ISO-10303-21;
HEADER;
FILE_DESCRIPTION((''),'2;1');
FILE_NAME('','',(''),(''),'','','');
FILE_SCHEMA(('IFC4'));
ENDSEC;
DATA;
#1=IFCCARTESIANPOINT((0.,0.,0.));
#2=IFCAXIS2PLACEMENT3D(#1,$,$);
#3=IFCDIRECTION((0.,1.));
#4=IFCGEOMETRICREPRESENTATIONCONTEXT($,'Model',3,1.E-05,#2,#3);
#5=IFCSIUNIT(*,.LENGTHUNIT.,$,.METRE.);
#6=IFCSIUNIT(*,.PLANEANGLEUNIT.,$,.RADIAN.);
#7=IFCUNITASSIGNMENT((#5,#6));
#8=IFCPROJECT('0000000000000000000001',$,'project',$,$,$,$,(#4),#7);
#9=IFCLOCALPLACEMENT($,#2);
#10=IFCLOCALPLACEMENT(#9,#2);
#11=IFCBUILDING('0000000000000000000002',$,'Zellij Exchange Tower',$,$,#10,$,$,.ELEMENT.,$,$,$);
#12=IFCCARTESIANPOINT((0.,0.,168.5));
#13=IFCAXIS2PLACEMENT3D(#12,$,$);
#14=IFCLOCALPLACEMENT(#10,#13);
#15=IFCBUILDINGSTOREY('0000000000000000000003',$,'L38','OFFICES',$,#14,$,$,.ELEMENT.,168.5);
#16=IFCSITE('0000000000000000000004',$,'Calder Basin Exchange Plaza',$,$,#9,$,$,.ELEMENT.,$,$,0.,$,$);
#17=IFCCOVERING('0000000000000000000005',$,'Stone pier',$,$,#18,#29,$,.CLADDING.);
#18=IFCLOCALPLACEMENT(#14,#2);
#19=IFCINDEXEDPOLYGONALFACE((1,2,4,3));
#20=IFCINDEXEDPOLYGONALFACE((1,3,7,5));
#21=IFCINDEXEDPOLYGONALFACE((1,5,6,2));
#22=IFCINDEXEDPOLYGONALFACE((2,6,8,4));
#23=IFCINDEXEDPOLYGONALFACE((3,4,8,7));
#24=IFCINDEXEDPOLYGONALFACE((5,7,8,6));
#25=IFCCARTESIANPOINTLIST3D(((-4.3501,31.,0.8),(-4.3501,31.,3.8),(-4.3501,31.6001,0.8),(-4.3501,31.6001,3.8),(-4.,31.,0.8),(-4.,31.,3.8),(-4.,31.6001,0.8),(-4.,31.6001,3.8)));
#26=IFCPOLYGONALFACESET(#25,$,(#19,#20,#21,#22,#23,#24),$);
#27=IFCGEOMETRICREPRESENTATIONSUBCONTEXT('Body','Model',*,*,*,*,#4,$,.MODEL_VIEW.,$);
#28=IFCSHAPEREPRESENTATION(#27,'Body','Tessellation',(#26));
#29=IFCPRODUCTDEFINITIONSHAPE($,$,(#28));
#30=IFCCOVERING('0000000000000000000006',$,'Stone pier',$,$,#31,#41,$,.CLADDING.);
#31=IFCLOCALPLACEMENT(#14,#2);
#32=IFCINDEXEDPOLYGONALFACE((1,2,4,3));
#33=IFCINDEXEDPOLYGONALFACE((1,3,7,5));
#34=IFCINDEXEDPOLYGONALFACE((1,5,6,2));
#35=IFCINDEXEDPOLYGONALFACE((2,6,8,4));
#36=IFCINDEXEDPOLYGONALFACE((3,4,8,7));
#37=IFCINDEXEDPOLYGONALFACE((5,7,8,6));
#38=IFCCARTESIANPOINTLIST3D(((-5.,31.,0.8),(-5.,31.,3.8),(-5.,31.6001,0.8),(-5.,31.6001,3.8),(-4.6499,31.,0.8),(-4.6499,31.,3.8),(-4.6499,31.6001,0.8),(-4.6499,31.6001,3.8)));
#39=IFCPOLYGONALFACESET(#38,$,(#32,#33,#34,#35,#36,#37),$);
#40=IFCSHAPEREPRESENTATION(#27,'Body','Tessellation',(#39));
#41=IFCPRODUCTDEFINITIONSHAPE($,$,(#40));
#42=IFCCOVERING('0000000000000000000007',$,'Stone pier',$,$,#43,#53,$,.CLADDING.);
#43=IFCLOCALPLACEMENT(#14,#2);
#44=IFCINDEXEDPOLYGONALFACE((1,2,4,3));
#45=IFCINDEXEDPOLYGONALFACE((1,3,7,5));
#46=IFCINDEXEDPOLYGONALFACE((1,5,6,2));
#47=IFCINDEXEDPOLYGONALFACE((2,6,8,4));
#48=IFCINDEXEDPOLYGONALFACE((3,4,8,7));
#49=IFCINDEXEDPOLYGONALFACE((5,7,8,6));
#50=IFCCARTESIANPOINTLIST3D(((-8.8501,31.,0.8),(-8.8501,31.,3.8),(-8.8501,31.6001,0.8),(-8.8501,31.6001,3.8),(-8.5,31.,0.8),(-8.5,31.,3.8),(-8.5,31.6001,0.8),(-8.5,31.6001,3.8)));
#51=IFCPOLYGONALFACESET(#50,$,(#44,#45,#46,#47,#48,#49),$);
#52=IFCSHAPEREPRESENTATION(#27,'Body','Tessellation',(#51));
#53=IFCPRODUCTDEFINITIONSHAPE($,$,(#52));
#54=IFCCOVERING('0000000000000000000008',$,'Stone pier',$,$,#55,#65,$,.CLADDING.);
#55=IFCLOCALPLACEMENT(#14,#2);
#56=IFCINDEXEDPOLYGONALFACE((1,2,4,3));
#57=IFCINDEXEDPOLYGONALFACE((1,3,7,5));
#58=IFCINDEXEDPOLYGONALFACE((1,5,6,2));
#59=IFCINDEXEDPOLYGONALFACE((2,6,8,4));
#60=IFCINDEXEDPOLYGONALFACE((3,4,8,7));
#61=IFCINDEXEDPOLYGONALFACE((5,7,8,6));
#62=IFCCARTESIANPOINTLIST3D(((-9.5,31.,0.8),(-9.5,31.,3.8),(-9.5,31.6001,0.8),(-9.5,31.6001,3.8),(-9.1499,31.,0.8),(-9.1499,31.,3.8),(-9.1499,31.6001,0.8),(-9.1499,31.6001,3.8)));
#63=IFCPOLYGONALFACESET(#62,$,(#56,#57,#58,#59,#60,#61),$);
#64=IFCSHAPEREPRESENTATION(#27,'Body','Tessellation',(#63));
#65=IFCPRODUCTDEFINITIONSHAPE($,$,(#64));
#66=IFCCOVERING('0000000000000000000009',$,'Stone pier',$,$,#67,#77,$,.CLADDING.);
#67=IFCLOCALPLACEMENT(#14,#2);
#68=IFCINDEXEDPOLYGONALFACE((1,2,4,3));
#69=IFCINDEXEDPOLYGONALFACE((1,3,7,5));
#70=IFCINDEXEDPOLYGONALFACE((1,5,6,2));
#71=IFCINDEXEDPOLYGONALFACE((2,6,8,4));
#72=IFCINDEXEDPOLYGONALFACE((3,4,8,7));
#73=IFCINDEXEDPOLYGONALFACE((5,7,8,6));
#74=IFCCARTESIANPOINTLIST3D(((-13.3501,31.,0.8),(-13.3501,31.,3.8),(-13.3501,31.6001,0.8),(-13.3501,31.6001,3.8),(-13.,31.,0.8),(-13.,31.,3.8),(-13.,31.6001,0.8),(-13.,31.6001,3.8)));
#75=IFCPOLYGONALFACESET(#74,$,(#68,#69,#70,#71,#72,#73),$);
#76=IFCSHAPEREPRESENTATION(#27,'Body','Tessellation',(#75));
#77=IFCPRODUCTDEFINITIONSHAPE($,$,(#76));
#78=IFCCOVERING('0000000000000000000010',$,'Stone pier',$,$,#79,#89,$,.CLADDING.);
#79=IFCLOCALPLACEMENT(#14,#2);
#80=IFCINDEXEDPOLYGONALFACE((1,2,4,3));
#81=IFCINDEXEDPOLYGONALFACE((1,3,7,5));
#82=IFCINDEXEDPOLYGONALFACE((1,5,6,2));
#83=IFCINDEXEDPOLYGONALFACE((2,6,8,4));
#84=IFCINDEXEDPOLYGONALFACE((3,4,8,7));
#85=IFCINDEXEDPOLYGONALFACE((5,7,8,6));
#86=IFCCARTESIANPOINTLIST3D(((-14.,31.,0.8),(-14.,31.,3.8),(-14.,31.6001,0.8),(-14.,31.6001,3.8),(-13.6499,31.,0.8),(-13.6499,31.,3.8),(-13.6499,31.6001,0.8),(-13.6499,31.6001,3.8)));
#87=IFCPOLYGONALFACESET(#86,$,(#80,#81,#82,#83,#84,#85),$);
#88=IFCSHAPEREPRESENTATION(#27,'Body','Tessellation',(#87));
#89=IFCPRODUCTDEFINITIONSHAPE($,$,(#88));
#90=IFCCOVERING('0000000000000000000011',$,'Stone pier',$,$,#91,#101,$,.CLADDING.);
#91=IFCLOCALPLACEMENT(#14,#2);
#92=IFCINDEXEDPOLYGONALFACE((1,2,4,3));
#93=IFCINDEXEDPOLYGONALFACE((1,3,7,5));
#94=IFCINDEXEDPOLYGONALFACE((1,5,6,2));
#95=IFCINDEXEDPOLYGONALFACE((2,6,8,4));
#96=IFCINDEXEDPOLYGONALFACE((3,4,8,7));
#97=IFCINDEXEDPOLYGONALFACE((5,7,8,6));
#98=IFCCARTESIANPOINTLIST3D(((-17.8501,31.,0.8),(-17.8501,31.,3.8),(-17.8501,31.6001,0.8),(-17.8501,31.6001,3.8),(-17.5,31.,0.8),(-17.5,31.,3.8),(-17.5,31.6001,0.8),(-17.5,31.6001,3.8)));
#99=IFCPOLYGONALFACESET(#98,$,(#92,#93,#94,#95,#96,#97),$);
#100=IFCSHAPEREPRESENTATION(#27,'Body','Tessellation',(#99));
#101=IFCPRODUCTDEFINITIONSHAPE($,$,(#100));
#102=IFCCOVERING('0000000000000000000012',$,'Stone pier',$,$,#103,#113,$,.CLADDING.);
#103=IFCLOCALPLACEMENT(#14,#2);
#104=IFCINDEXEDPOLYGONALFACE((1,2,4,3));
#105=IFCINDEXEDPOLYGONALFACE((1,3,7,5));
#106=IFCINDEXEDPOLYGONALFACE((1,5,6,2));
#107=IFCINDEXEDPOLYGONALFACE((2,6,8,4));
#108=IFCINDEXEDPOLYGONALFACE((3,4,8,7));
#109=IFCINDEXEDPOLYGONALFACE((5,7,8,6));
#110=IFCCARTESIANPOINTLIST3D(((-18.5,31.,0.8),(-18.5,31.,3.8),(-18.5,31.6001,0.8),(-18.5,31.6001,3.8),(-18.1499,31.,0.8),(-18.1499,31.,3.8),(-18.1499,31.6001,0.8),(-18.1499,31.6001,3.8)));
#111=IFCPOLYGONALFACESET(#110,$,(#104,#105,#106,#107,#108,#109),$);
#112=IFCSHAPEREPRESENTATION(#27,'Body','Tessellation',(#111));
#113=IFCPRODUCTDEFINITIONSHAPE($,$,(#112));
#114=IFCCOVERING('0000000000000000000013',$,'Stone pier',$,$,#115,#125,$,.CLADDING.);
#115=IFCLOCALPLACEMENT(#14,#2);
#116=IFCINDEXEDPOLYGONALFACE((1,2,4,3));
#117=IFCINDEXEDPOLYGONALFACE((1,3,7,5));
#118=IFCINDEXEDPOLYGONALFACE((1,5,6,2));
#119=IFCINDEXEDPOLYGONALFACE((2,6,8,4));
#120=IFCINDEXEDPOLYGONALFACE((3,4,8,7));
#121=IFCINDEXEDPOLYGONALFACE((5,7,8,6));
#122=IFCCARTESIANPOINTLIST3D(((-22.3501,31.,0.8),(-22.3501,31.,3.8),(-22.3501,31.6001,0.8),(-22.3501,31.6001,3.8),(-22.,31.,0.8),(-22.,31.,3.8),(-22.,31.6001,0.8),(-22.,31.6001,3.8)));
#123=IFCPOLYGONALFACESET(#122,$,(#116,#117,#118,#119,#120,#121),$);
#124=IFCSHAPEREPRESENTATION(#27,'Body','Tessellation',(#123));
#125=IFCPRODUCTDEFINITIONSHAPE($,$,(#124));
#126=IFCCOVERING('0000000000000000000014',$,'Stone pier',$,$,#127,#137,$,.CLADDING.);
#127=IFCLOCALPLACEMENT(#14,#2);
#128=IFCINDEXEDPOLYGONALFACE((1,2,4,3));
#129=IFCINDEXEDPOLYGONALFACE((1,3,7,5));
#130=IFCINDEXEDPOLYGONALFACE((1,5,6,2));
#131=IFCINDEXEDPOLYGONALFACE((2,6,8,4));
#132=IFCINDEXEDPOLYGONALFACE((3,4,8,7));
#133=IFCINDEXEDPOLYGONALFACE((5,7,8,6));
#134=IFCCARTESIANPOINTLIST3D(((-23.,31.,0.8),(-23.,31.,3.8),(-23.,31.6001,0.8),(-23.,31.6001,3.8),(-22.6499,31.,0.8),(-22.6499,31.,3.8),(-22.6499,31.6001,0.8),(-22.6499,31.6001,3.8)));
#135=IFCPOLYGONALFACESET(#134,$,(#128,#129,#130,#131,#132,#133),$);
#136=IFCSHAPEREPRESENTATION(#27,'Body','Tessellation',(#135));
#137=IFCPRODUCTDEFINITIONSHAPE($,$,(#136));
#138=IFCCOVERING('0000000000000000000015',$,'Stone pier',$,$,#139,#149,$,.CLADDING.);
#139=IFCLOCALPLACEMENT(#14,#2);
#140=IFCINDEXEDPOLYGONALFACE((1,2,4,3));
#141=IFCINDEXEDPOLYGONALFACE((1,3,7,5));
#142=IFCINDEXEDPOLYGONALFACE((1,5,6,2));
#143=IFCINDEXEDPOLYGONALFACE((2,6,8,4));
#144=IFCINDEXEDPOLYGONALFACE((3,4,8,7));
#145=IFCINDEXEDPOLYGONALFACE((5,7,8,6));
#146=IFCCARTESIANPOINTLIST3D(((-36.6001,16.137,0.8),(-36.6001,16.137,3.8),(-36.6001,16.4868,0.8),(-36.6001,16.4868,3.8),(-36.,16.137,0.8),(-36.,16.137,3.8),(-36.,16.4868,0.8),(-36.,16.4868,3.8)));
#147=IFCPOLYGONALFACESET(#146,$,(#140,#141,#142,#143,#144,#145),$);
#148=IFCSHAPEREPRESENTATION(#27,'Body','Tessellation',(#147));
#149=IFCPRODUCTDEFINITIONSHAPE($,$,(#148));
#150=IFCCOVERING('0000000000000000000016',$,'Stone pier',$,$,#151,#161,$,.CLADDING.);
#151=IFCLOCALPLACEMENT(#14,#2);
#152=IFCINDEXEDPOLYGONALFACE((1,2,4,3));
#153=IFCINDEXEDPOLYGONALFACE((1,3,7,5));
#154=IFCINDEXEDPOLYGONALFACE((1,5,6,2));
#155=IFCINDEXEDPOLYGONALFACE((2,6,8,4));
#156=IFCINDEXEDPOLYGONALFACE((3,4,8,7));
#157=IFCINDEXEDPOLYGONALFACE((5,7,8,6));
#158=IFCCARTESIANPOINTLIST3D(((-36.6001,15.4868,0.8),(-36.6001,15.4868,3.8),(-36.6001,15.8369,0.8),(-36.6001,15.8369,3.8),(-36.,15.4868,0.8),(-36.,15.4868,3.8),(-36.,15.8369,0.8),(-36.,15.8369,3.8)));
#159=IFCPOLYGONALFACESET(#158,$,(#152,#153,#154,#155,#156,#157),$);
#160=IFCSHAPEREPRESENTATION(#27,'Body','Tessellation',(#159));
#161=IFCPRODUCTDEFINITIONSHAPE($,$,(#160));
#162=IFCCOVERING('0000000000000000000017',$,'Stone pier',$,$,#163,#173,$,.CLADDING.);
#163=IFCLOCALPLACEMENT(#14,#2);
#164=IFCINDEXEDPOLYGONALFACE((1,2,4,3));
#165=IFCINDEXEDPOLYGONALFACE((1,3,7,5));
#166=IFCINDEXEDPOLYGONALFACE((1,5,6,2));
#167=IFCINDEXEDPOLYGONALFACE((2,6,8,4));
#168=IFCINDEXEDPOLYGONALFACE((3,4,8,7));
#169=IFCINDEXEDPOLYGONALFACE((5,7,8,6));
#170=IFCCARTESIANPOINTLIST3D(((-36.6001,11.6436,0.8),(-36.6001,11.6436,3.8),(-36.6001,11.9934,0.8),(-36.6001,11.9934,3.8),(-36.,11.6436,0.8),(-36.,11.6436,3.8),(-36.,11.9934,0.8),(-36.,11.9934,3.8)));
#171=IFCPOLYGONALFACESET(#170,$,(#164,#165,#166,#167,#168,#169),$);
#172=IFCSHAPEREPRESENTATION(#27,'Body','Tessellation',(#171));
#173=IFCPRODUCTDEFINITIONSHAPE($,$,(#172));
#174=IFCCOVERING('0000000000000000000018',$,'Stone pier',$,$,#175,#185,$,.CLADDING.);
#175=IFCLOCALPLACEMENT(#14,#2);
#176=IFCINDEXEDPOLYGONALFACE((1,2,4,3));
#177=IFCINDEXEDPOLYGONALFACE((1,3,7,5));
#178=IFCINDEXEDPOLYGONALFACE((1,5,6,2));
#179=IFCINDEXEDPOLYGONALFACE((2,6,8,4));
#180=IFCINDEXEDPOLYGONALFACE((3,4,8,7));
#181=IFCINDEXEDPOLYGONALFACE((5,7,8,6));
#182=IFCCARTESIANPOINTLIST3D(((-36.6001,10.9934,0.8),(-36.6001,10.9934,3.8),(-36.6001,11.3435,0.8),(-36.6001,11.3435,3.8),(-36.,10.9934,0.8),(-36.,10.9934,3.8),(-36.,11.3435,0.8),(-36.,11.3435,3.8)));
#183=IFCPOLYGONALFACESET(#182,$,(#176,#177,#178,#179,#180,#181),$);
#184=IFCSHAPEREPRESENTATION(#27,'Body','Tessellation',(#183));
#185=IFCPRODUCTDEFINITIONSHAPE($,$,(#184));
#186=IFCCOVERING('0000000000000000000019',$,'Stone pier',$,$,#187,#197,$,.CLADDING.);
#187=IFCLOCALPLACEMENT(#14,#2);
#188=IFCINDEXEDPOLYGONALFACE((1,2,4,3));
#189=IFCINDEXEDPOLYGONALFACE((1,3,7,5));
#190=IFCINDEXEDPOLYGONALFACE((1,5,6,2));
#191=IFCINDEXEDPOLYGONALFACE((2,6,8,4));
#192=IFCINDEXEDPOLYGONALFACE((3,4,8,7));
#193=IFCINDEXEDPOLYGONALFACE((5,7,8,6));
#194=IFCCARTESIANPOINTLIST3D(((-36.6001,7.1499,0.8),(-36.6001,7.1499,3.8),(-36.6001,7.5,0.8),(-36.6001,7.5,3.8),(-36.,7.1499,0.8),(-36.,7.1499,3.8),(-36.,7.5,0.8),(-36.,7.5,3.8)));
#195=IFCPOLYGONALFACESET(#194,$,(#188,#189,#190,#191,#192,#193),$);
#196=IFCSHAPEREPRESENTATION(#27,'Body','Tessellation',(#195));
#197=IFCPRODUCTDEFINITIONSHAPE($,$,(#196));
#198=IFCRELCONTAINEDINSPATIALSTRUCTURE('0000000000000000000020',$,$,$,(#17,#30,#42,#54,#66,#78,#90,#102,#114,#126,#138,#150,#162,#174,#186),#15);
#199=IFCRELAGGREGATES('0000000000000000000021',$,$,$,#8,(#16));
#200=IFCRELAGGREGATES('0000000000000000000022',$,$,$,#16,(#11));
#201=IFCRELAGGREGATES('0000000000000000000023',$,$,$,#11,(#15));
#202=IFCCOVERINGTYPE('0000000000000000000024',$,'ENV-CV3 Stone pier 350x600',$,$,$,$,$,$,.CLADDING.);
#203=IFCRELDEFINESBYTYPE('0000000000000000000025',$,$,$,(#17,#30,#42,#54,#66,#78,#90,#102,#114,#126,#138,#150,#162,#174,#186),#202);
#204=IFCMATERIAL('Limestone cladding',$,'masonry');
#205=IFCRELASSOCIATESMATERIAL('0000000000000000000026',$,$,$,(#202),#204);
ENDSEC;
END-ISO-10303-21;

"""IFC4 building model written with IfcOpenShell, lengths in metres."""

from ifc_helpers import new_model, si_unit, direction, frame, origin, place, context, subcontext, project, spatial, polyline, outline, extrude, material, type_object, element, save


model = new_model("IFC4")

# Units and contexts
model_context = context("Model", 3, precision=1e-05, world=origin(), true_north=direction((0.0, 1.0)))
body_context = subcontext(model_context, "Body", "Model", "MODEL_VIEW")
ifc_project = project(units=[si_unit("LENGTHUNIT", "METRE"), si_unit("PLANEANGLEUNIT", "RADIAN")], contexts=[model_context])

# Site, building, storey
site_placement = place(None, origin())
site = spatial("IfcSite", under=ifc_project, at=site_placement, Name="Calder Basin Exchange Plaza", CompositionType="ELEMENT", RefElevation=0.0)
building_placement = place(site_placement, origin())
building = spatial("IfcBuilding", under=site, at=building_placement, Name="Zellij Exchange Tower", CompositionType="ELEMENT")
storey_placement = place(building_placement, frame((0.0, 0.0, 168.5)))
storey = spatial("IfcBuildingStorey", under=building, at=storey_placement, Name="L38", Description="OFFICES", CompositionType="ELEMENT", Elevation=168.5)

# Coverings
ifc_material = material(Name="Limestone cladding", Category="masonry")
covering_type_1 = type_object("IfcCoveringType", Name="ENV-CV3 Stone pier 350x600", PredefinedType="CLADDING", material=ifc_material)
covering_1_placement = place(storey_placement, frame((0.0, 0.0, 0.8)))
element("IfcCovering", 1, at=covering_1_placement, inside=storey, type_object=covering_type_1, Name="Stone pier", PredefinedType="CLADDING", context=body_context, shape_type="SweptSolid", body=[
    extrude(outline(polyline([(-4.0, 31.0), (-4.3501, 31.0), (-4.3501, 31.6001), (-4.0, 31.6001), (-4.0, 31.0)])), origin(), (0.0, 0.0, 1.0), 3.0),
])
covering_2_placement = place(storey_placement, frame((0.0, 0.0, 0.8)))
element("IfcCovering", 2, at=covering_2_placement, inside=storey, type_object=covering_type_1, Name="Stone pier", PredefinedType="CLADDING", context=body_context, shape_type="SweptSolid", body=[
    extrude(outline(polyline([(-4.6499, 31.0), (-5.0, 31.0), (-5.0, 31.6001), (-4.6499, 31.6001), (-4.6499, 31.0)])), origin(), (0.0, 0.0, 1.0), 3.0),
])
covering_3_placement = place(storey_placement, frame((0.0, 0.0, 0.8)))
element("IfcCovering", 3, at=covering_3_placement, inside=storey, type_object=covering_type_1, Name="Stone pier", PredefinedType="CLADDING", context=body_context, shape_type="SweptSolid", body=[
    extrude(outline(polyline([(-8.5, 31.0), (-8.8501, 31.0), (-8.8501, 31.6001), (-8.5, 31.6001), (-8.5, 31.0)])), origin(), (0.0, 0.0, 1.0), 3.0),
])
covering_4_placement = place(storey_placement, frame((0.0, 0.0, 0.8)))
element("IfcCovering", 4, at=covering_4_placement, inside=storey, type_object=covering_type_1, Name="Stone pier", PredefinedType="CLADDING", context=body_context, shape_type="SweptSolid", body=[
    extrude(outline(polyline([(-9.1499, 31.0), (-9.5, 31.0), (-9.5, 31.6001), (-9.1499, 31.6001), (-9.1499, 31.0)])), origin(), (0.0, 0.0, 1.0), 3.0),
])
covering_5_placement = place(storey_placement, frame((0.0, 0.0, 0.8)))
element("IfcCovering", 5, at=covering_5_placement, inside=storey, type_object=covering_type_1, Name="Stone pier", PredefinedType="CLADDING", context=body_context, shape_type="SweptSolid", body=[
    extrude(outline(polyline([(-13.0, 31.0), (-13.3501, 31.0), (-13.3501, 31.6001), (-13.0, 31.6001), (-13.0, 31.0)])), origin(), (0.0, 0.0, 1.0), 3.0),
])
covering_6_placement = place(storey_placement, frame((0.0, 0.0, 0.8)))
element("IfcCovering", 6, at=covering_6_placement, inside=storey, type_object=covering_type_1, Name="Stone pier", PredefinedType="CLADDING", context=body_context, shape_type="SweptSolid", body=[
    extrude(outline(polyline([(-13.6499, 31.0), (-14.0, 31.0), (-14.0, 31.6001), (-13.6499, 31.6001), (-13.6499, 31.0)])), origin(), (0.0, 0.0, 1.0), 3.0),
])
covering_7_placement = place(storey_placement, frame((0.0, 0.0, 0.8)))
element("IfcCovering", 7, at=covering_7_placement, inside=storey, type_object=covering_type_1, Name="Stone pier", PredefinedType="CLADDING", context=body_context, shape_type="SweptSolid", body=[
    extrude(outline(polyline([(-17.5, 31.0), (-17.8501, 31.0), (-17.8501, 31.6001), (-17.5, 31.6001), (-17.5, 31.0)])), origin(), (0.0, 0.0, 1.0), 3.0),
])
covering_8_placement = place(storey_placement, frame((0.0, 0.0, 0.8)))
element("IfcCovering", 8, at=covering_8_placement, inside=storey, type_object=covering_type_1, Name="Stone pier", PredefinedType="CLADDING", context=body_context, shape_type="SweptSolid", body=[
    extrude(outline(polyline([(-18.1499, 31.0), (-18.5, 31.0), (-18.5, 31.6001), (-18.1499, 31.6001), (-18.1499, 31.0)])), origin(), (0.0, 0.0, 1.0), 3.0),
])
covering_9_placement = place(storey_placement, frame((0.0, 0.0, 0.8)))
element("IfcCovering", 9, at=covering_9_placement, inside=storey, type_object=covering_type_1, Name="Stone pier", PredefinedType="CLADDING", context=body_context, shape_type="SweptSolid", body=[
    extrude(outline(polyline([(-22.0, 31.0), (-22.3501, 31.0), (-22.3501, 31.6001), (-22.0, 31.6001), (-22.0, 31.0)])), origin(), (0.0, 0.0, 1.0), 3.0),
])
covering_10_placement = place(storey_placement, frame((0.0, 0.0, 0.8)))
element("IfcCovering", 10, at=covering_10_placement, inside=storey, type_object=covering_type_1, Name="Stone pier", PredefinedType="CLADDING", context=body_context, shape_type="SweptSolid", body=[
    extrude(outline(polyline([(-22.6499, 31.0), (-23.0, 31.0), (-23.0, 31.6001), (-22.6499, 31.6001), (-22.6499, 31.0)])), origin(), (0.0, 0.0, 1.0), 3.0),
])
covering_11_placement = place(storey_placement, frame((0.0, 0.0, 0.8)))
element("IfcCovering", 11, at=covering_11_placement, inside=storey, type_object=covering_type_1, Name="Stone pier", PredefinedType="CLADDING", context=body_context, shape_type="SweptSolid", body=[
    extrude(outline(polyline([(-36.0, 16.4868), (-36.0, 16.137), (-36.6001, 16.137), (-36.6001, 16.4868), (-36.0, 16.4868)])), origin(), (0.0, 0.0, 1.0), 3.0),
])
covering_12_placement = place(storey_placement, frame((0.0, 0.0, 0.8)))
element("IfcCovering", 12, at=covering_12_placement, inside=storey, type_object=covering_type_1, Name="Stone pier", PredefinedType="CLADDING", context=body_context, shape_type="SweptSolid", body=[
    extrude(outline(polyline([(-36.0, 15.8369), (-36.0, 15.4868), (-36.6001, 15.4868), (-36.6001, 15.8369), (-36.0, 15.8369)])), origin(), (0.0, 0.0, 1.0), 3.0),
])
covering_13_placement = place(storey_placement, frame((0.0, 0.0, 0.8)))
element("IfcCovering", 13, at=covering_13_placement, inside=storey, type_object=covering_type_1, Name="Stone pier", PredefinedType="CLADDING", context=body_context, shape_type="SweptSolid", body=[
    extrude(outline(polyline([(-36.0, 11.9934), (-36.0, 11.6436), (-36.6001, 11.6436), (-36.6001, 11.9934), (-36.0, 11.9934)])), origin(), (0.0, 0.0, 1.0), 3.0),
])
covering_14_placement = place(storey_placement, frame((0.0, 0.0, 0.8)))
element("IfcCovering", 14, at=covering_14_placement, inside=storey, type_object=covering_type_1, Name="Stone pier", PredefinedType="CLADDING", context=body_context, shape_type="SweptSolid", body=[
    extrude(outline(polyline([(-36.0, 11.3435), (-36.0, 10.9934), (-36.6001, 10.9934), (-36.6001, 11.3435), (-36.0, 11.3435)])), origin(), (0.0, 0.0, 1.0), 3.0),
])
covering_15_placement = place(storey_placement, frame((0.0, 0.0, 0.8)))
element("IfcCovering", 15, at=covering_15_placement, inside=storey, type_object=covering_type_1, Name="Stone pier", PredefinedType="CLADDING", context=body_context, shape_type="SweptSolid", body=[
    extrude(outline(polyline([(-36.0, 7.5), (-36.0, 7.1499), (-36.6001, 7.1499), (-36.6001, 7.5), (-36.0, 7.5)])), origin(), (0.0, 0.0, 1.0), 3.0),
])

save(model, "model.ifc")
